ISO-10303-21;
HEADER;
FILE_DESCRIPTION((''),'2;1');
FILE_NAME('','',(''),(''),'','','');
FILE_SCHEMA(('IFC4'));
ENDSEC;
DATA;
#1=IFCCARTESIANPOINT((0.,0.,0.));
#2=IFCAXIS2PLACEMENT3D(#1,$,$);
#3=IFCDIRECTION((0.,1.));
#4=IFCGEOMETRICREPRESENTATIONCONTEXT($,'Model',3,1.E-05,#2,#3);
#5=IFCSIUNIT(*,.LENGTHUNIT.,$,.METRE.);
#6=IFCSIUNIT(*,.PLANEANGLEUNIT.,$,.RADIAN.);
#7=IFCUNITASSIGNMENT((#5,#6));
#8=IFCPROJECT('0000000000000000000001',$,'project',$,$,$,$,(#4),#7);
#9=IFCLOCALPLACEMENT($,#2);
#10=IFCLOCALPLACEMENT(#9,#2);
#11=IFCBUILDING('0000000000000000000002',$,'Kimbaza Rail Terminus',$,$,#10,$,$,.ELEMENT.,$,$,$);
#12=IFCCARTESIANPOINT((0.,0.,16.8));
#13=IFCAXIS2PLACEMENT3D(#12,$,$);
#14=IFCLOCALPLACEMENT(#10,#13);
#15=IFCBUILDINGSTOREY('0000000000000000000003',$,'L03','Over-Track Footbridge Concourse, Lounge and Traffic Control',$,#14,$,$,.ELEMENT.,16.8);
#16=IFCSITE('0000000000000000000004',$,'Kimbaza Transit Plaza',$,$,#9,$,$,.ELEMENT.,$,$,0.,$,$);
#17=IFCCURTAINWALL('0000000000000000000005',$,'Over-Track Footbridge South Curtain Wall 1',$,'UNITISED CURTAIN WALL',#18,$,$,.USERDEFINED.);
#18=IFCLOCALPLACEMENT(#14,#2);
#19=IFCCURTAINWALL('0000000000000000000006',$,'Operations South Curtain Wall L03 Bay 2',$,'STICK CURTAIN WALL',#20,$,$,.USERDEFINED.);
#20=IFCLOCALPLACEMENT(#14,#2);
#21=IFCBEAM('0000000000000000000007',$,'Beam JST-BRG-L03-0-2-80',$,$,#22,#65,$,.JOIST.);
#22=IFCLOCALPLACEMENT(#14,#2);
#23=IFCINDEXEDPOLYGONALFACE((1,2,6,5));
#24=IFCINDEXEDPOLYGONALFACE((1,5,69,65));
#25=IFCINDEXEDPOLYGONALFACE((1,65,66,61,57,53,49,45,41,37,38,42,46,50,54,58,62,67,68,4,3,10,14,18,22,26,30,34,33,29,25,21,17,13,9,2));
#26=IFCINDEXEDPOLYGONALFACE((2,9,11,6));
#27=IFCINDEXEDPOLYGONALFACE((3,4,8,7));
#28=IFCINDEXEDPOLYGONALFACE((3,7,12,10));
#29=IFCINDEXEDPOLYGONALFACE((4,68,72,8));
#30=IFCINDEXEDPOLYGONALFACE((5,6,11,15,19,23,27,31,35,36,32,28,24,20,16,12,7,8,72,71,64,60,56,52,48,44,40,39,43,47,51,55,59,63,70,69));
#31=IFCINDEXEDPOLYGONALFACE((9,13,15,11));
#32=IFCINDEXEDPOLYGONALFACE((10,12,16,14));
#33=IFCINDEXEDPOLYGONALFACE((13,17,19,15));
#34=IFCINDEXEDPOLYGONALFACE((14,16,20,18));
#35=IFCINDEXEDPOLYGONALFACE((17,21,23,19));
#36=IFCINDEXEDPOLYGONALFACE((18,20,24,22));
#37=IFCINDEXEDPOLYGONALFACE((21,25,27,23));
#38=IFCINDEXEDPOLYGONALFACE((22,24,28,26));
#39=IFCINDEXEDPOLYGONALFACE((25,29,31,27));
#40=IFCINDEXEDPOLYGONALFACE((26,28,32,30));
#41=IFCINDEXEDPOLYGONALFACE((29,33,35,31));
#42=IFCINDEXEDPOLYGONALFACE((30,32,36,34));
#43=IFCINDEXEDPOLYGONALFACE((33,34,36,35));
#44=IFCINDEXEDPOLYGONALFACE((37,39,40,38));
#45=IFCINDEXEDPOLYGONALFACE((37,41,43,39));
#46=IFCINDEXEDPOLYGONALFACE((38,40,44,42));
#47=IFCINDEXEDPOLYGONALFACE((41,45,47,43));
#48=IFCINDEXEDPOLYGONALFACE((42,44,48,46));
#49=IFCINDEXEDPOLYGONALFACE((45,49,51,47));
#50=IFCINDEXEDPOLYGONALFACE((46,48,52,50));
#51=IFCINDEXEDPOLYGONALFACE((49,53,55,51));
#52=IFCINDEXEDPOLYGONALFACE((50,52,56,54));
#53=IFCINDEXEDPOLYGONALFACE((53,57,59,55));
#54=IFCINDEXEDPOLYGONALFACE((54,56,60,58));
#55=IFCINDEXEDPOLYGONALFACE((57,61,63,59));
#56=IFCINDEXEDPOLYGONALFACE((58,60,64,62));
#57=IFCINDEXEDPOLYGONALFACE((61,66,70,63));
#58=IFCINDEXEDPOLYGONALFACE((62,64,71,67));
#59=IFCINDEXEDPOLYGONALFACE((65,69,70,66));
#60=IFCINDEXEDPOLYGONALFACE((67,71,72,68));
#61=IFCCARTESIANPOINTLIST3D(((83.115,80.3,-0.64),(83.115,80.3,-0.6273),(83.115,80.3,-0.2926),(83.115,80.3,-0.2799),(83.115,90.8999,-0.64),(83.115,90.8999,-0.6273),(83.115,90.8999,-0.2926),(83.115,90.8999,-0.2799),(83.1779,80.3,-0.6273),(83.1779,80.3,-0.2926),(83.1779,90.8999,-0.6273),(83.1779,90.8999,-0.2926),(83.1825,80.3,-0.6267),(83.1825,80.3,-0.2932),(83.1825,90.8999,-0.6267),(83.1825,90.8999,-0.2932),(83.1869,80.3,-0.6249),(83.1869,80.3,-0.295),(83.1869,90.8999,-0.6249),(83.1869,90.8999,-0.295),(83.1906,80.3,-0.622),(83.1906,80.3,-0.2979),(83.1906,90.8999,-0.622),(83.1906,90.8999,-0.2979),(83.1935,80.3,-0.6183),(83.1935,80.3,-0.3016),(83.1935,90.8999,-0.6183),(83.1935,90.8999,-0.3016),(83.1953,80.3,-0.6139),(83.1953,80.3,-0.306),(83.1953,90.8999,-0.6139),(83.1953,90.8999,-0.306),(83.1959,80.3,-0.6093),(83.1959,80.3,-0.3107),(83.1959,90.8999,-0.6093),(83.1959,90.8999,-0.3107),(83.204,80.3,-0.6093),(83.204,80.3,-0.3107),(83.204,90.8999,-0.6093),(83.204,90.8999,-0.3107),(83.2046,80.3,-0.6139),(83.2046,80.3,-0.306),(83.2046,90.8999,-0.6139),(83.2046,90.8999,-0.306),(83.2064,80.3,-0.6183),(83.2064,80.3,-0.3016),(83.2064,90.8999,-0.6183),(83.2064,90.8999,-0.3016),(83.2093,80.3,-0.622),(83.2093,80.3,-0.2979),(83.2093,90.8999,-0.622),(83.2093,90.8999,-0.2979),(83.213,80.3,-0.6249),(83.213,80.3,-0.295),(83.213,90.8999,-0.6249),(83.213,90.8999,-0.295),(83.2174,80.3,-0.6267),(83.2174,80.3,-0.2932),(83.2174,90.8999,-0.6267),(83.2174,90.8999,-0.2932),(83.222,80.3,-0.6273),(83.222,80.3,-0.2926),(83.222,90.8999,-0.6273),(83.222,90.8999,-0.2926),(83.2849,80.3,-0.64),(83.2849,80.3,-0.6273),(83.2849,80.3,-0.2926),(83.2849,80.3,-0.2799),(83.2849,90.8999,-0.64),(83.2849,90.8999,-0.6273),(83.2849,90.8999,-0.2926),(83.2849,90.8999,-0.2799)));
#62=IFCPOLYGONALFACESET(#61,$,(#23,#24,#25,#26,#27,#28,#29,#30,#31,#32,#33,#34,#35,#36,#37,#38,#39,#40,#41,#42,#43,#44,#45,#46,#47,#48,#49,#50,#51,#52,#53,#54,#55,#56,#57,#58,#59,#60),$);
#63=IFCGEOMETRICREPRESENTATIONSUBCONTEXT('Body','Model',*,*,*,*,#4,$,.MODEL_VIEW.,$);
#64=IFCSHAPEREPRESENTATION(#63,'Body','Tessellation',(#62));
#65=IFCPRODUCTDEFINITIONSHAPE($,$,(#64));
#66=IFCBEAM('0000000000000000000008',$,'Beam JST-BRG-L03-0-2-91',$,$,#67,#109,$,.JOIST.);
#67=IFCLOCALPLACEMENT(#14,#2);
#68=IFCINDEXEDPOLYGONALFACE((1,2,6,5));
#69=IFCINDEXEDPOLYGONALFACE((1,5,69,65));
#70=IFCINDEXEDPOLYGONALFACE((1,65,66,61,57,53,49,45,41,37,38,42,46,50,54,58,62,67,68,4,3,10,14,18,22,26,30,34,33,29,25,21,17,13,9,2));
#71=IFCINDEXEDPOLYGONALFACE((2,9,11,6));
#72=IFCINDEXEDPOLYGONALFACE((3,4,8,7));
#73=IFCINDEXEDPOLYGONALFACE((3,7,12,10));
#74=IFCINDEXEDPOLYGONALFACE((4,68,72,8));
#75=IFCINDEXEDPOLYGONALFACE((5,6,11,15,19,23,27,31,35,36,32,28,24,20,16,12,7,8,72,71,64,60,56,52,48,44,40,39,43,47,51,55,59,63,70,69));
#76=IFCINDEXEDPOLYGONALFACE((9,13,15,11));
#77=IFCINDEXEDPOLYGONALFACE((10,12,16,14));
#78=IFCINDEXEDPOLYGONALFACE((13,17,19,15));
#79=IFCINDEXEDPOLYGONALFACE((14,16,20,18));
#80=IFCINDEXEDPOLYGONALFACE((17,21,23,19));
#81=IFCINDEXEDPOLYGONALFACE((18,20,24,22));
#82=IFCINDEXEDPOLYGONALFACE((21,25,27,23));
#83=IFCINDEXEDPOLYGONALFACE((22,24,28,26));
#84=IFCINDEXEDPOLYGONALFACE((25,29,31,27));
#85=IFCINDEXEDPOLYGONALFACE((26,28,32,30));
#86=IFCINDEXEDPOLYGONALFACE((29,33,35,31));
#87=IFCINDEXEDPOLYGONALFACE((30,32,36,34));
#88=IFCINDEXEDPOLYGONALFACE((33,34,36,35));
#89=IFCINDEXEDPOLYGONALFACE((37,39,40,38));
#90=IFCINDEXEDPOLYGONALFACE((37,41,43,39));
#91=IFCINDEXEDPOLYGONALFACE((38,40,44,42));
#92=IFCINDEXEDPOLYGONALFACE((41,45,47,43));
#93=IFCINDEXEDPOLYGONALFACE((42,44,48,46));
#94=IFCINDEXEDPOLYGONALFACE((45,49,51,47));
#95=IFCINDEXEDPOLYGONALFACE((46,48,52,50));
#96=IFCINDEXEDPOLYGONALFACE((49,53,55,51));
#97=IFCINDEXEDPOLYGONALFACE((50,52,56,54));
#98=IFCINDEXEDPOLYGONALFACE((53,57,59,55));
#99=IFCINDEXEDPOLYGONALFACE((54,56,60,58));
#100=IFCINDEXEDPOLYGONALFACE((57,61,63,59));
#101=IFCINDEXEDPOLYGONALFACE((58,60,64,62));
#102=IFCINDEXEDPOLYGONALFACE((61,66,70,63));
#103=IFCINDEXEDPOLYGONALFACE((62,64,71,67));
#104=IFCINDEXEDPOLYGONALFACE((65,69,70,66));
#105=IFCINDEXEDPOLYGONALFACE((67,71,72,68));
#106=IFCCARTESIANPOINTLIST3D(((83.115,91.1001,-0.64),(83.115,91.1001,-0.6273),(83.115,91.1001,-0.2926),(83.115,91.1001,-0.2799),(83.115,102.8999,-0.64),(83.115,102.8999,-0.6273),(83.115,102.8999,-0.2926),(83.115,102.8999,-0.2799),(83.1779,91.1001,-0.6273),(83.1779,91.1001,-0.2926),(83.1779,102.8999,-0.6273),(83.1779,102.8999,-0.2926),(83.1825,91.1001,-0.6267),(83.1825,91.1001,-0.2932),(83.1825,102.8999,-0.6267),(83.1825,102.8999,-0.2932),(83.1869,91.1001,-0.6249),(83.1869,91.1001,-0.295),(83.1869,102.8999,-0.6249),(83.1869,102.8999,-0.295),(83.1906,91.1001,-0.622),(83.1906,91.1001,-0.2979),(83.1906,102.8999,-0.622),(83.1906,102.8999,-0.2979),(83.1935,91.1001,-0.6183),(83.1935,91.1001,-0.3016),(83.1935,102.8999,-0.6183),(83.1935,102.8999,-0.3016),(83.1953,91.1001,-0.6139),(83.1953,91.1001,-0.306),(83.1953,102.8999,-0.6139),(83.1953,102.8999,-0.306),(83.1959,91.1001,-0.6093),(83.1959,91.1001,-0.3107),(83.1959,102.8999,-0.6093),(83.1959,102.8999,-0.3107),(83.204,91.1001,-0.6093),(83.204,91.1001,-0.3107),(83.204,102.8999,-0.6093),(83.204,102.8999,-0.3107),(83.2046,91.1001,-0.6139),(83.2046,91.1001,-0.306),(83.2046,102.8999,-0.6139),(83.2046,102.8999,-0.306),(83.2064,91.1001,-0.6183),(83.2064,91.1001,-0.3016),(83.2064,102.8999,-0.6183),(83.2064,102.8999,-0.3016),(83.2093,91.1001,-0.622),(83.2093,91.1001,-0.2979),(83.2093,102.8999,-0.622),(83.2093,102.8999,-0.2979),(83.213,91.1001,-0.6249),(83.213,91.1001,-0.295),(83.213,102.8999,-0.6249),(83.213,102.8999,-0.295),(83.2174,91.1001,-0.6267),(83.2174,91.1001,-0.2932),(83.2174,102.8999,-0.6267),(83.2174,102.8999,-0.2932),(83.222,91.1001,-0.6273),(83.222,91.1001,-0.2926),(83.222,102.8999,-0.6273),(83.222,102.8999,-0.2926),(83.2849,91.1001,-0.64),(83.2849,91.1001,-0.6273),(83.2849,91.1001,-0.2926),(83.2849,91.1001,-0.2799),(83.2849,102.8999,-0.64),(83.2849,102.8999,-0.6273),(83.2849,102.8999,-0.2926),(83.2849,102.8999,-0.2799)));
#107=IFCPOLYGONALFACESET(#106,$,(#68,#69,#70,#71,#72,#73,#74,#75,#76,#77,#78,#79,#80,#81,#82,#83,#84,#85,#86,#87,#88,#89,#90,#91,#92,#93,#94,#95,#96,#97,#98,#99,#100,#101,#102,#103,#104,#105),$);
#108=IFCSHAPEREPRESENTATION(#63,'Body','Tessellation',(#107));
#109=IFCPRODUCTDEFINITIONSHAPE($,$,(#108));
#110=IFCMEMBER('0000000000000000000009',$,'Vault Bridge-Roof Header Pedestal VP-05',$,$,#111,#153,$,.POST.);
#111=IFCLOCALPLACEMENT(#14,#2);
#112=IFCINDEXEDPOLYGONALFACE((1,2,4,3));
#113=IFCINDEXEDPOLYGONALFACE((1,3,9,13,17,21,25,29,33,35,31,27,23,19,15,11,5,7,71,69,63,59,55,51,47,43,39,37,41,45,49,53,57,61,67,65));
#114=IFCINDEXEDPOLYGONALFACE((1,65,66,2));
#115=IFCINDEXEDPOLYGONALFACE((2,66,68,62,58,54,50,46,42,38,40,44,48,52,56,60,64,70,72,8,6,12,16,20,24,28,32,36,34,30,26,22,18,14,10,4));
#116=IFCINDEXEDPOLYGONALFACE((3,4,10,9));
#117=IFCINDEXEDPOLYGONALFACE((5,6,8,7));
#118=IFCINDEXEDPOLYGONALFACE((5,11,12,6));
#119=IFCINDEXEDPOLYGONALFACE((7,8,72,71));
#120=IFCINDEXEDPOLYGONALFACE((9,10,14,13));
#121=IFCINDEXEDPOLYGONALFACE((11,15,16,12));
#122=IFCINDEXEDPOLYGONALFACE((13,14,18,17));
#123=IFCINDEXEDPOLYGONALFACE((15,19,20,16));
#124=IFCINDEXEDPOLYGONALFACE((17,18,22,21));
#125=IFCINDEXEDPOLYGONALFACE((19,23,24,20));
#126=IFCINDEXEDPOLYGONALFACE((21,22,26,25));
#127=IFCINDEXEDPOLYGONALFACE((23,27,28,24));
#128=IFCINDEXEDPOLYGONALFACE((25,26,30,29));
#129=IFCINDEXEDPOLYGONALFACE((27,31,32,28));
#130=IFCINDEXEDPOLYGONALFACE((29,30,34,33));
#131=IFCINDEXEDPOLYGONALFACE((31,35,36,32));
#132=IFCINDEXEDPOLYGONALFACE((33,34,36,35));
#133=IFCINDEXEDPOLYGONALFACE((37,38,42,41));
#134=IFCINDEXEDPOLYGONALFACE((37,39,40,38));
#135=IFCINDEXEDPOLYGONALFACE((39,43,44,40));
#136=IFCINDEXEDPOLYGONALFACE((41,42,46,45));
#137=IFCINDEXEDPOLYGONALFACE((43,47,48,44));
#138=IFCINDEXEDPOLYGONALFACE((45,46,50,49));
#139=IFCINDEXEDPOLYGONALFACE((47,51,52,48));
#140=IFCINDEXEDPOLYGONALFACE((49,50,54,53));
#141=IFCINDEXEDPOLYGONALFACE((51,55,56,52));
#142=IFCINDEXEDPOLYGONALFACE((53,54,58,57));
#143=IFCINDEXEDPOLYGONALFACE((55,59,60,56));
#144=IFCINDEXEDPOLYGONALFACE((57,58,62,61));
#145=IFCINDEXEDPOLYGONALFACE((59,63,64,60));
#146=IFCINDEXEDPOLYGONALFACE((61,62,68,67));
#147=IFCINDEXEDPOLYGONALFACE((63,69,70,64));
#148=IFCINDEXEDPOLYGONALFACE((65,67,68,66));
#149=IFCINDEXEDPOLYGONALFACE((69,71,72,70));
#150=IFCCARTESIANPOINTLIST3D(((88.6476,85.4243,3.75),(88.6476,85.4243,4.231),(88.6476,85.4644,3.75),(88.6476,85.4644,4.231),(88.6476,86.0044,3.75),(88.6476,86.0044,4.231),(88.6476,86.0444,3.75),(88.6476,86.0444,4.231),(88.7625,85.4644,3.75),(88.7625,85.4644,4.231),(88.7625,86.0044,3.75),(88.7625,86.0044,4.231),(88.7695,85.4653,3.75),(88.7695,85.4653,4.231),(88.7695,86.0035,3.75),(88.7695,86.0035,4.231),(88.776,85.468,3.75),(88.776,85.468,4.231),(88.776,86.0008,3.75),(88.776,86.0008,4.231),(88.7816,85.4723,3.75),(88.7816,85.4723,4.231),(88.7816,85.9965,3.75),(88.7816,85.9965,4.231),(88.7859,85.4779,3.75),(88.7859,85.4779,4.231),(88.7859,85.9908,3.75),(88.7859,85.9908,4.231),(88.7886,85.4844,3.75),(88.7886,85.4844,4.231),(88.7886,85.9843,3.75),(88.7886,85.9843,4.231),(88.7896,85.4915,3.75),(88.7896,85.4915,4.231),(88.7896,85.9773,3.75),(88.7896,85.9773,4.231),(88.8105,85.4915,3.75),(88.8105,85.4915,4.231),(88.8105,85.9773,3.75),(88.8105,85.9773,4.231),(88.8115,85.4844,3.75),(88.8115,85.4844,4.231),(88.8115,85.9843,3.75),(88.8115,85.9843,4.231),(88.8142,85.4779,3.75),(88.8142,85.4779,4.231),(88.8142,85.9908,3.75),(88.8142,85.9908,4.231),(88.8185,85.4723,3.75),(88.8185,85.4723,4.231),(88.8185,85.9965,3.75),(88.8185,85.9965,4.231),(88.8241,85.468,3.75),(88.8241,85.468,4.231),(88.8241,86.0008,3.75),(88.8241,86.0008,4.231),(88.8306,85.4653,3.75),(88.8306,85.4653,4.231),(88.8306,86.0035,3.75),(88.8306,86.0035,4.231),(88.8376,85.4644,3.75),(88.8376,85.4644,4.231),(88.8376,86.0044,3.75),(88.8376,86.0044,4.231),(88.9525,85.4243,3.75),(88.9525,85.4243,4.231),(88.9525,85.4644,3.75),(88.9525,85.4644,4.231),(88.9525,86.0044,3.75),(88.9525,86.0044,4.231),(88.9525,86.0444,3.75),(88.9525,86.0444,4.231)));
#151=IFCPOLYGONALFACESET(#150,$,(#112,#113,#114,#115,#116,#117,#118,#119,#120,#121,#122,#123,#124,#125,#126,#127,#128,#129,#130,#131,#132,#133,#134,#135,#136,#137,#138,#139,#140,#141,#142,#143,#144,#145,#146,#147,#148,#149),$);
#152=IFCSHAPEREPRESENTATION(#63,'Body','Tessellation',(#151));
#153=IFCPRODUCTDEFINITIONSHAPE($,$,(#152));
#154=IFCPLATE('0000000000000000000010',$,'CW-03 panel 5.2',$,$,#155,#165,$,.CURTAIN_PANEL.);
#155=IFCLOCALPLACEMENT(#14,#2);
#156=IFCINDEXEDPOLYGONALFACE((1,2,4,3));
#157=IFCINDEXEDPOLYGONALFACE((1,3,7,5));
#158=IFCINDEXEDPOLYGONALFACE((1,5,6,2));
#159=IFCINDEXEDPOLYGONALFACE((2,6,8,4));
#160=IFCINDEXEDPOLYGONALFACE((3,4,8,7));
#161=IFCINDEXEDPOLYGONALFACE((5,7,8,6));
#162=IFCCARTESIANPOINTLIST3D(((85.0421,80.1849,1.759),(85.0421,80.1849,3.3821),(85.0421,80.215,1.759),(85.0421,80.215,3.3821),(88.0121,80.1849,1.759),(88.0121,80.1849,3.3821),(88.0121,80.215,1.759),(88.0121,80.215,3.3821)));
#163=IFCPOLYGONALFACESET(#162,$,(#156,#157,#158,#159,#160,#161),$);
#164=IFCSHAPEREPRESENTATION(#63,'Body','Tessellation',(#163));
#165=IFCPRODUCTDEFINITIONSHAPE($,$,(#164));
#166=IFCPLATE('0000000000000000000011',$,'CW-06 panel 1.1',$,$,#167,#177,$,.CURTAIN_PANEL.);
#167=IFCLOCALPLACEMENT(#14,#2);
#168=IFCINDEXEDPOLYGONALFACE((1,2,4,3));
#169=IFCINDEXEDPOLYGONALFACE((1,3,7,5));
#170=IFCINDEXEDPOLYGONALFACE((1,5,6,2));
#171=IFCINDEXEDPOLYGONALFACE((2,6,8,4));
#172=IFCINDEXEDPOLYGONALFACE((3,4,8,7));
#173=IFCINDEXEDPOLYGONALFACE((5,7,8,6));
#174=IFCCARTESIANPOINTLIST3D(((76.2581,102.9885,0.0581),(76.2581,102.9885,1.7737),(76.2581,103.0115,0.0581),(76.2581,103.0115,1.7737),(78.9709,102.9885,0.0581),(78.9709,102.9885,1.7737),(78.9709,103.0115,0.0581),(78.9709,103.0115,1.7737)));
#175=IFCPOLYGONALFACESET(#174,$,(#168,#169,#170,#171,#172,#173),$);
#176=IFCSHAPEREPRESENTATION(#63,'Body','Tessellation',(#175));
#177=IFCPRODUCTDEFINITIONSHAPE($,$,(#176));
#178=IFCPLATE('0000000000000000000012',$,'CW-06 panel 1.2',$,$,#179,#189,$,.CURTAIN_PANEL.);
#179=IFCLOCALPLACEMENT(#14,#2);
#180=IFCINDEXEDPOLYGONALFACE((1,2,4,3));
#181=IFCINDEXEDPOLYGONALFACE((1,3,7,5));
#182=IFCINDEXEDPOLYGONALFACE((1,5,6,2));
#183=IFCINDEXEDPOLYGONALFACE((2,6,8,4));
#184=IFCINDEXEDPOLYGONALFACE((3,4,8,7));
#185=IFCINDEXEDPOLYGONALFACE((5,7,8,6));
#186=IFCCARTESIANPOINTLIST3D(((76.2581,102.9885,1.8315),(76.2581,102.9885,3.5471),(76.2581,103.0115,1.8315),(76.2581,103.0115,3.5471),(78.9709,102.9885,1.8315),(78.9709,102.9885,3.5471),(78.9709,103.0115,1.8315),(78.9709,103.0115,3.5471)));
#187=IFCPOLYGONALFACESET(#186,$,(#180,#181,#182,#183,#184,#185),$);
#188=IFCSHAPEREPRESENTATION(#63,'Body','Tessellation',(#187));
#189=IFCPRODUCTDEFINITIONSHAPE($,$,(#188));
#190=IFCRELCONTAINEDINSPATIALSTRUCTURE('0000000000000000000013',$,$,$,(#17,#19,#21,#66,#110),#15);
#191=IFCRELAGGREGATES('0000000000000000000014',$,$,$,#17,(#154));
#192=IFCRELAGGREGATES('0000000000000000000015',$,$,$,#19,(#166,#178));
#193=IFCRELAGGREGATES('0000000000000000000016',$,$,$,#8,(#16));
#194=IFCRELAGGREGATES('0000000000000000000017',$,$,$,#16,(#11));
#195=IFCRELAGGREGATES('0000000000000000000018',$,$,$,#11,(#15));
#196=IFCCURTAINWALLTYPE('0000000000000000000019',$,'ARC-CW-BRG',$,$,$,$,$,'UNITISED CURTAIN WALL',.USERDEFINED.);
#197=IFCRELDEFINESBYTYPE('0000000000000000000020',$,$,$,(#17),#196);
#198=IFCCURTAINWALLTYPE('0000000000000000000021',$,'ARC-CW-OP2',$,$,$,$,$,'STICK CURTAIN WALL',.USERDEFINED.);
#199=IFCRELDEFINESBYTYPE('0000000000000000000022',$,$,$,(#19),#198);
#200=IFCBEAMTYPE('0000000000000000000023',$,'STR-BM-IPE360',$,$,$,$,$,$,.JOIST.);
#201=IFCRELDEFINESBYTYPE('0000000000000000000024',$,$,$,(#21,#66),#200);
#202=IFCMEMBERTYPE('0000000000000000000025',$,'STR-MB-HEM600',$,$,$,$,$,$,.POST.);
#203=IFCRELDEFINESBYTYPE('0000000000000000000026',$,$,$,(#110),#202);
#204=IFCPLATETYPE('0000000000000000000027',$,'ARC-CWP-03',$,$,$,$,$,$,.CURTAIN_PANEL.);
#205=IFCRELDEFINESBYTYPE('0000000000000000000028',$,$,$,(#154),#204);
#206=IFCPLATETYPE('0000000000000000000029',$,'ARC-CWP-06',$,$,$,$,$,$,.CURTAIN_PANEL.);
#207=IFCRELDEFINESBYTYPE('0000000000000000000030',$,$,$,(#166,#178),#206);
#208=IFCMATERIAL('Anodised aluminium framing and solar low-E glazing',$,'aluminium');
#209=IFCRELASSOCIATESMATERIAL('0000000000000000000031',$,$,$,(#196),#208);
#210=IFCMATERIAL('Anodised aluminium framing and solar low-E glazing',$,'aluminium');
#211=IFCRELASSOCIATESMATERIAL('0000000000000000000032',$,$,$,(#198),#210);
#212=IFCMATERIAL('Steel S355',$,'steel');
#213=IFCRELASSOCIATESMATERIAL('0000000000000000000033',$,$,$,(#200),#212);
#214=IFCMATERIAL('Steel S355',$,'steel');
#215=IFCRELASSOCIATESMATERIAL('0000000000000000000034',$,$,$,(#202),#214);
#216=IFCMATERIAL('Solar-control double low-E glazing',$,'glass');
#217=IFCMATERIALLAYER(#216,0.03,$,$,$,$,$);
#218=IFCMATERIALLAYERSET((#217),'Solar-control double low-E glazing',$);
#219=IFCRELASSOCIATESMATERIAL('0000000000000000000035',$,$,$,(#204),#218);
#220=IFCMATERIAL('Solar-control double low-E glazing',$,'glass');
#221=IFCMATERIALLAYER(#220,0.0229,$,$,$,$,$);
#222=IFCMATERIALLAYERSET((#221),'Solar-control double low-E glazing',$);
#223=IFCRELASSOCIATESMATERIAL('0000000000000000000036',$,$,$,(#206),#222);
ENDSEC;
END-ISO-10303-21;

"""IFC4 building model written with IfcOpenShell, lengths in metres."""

from ifc_helpers import new_model, si_unit, direction, frame, origin, origin_2d, place, context, subcontext, project, spatial, rectangle, i_section, extrude, material, layer, layer_set, material_profile, profile_set, type_object, element, aggregate, save


model = new_model("IFC4")

# Units and contexts
model_context = context("Model", 3, precision=1e-05, world=origin(), true_north=direction((0.0, 1.0)))
body_context = subcontext(model_context, "Body", "Model", "MODEL_VIEW")
ifc_project = project(units=[si_unit("LENGTHUNIT", "METRE"), si_unit("PLANEANGLEUNIT", "RADIAN")], contexts=[model_context])

# Site, building, storey
site_placement = place(None, origin())
site = spatial("IfcSite", under=ifc_project, at=site_placement, Name="Kimbaza Transit Plaza", CompositionType="ELEMENT", RefElevation=0.0)
building_placement = place(site_placement, origin())
building = spatial("IfcBuilding", under=site, at=building_placement, Name="Kimbaza Rail Terminus", CompositionType="ELEMENT")
storey_placement = place(building_placement, frame((0.0, 0.0, 16.8)))
storey = spatial("IfcBuildingStorey", under=building, at=storey_placement, Name="L03", Description="Over-Track Footbridge Concourse, Lounge and Traffic Control", CompositionType="ELEMENT", Elevation=16.8)

# Curtain wall
ifc_material_1 = material(Name="Anodised aluminium framing and solar low-E glazing", Category="aluminium")
curtain_wall_type_1 = type_object("IfcCurtainWallType", Name="ARC-CW-BRG", ElementType="UNITISED CURTAIN WALL", PredefinedType="USERDEFINED", material=ifc_material_1)
curtain_wall_1_placement = place(storey_placement, origin())
curtain_wall_1 = element("IfcCurtainWall", 1, at=curtain_wall_1_placement, inside=storey, type_object=curtain_wall_type_1, Name="Over-Track Footbridge South Curtain Wall 1", ObjectType="UNITISED CURTAIN WALL", PredefinedType="USERDEFINED")

# Curtain wall
ifc_material_2 = material(Name="Anodised aluminium framing and solar low-E glazing", Category="aluminium")
curtain_wall_type_2 = type_object("IfcCurtainWallType", Name="ARC-CW-OP2", ElementType="STICK CURTAIN WALL", PredefinedType="USERDEFINED", material=ifc_material_2)
curtain_wall_2_placement = place(storey_placement, origin())
curtain_wall_2 = element("IfcCurtainWall", 2, at=curtain_wall_2_placement, inside=storey, type_object=curtain_wall_type_2, Name="Operations South Curtain Wall L03 Bay 2", ObjectType="STICK CURTAIN WALL", PredefinedType="USERDEFINED")

# Beams
ifc_material_3 = material(Name="Steel S355", Category="steel")
ifc_material_profile_1 = material_profile(ifc_material_3, i_section(OverallWidth=0.1699, OverallDepth=0.3601, WebThickness=0.0081, FlangeThickness=0.0127, FilletRadius=0.0181, at=origin_2d()), Name="IPE 360")
ifc_profile_set_1 = profile_set([ifc_material_profile_1], Name="Steel S355")
beam_type_1 = type_object("IfcBeamType", Name="STR-BM-IPE360", PredefinedType="JOIST", material=ifc_profile_set_1)
beam_1_placement = place(storey_placement, frame((83.2, 80.3, -0.46), z_axis=(0.0, 1.0, 0.0), x_axis=(-1.0, 0.0, 0.0)))
element("IfcBeam", 3, at=beam_1_placement, inside=storey, type_object=beam_type_1, Name="Beam JST-BRG-L03-0-2-80", PredefinedType="JOIST", context=body_context, shape_type="SweptSolid", body=[
    extrude(i_section(OverallWidth=0.1699, OverallDepth=0.3601, WebThickness=0.0081, FlangeThickness=0.0127, FilletRadius=0.0181, at=origin_2d()), origin(), (0.0, 0.0, 1.0), 10.5999),
])
beam_2_placement = place(storey_placement, frame((83.2, 91.1001, -0.46), z_axis=(0.0, 1.0, 0.0), x_axis=(-1.0, 0.0, 0.0)))
element("IfcBeam", 4, at=beam_2_placement, inside=storey, type_object=beam_type_1, Name="Beam JST-BRG-L03-0-2-91", PredefinedType="JOIST", context=body_context, shape_type="SweptSolid", body=[
    extrude(i_section(OverallWidth=0.1699, OverallDepth=0.3601, WebThickness=0.0081, FlangeThickness=0.0127, FilletRadius=0.0181, at=origin_2d()), origin(), (0.0, 0.0, 1.0), 11.7998),
])

# Member
ifc_material_4 = material(Name="Steel S355", Category="steel")
ifc_material_profile_2 = material_profile(ifc_material_4, i_section(OverallWidth=0.3049, OverallDepth=0.6201, WebThickness=0.021, FlangeThickness=0.04, FilletRadius=0.0271, at=origin_2d()), Name="HEM 600")
ifc_profile_set_2 = profile_set([ifc_material_profile_2], Name="Steel S355")
member_type_1 = type_object("IfcMemberType", Name="STR-MB-HEM600", PredefinedType="POST", material=ifc_profile_set_2)
member_1_placement = place(storey_placement, frame((88.8, 85.7344, 3.75), z_axis=(0.0, 0.0, 1.0), x_axis=(1.0, 0.0, 0.0)))
element("IfcMember", 5, at=member_1_placement, inside=storey, type_object=member_type_1, Name="Vault Bridge-Roof Header Pedestal VP-05", PredefinedType="POST", context=body_context, shape_type="SweptSolid", body=[
    extrude(i_section(OverallWidth=0.3049, OverallDepth=0.6201, WebThickness=0.021, FlangeThickness=0.04, FilletRadius=0.0271, at=origin_2d()), origin(), (0.0, 0.0, 1.0), 0.481),
])

# Plates
ifc_material_5 = material(Name="Solar-control double low-E glazing", Category="glass")
ifc_layer_1 = layer(ifc_material_5, 0.03)
ifc_layer_set_1 = layer_set([ifc_layer_1], Name="Solar-control double low-E glazing")
plate_type_1 = type_object("IfcPlateType", Name="ARC-CWP-03", PredefinedType="CURTAIN_PANEL", material=ifc_layer_set_1)
plate_1_placement = place(storey_placement, frame((86.5271, 80.2, 1.759), z_axis=(0.0, 0.0, 1.0), x_axis=(1.0, 0.0, 0.0)))
plate_1 = element("IfcPlate", 6, at=plate_1_placement, type_object=plate_type_1, Name="CW-03 panel 5.2", PredefinedType="CURTAIN_PANEL", context=body_context, shape_type="SweptSolid", body=[
    extrude(rectangle(XDim=2.97, YDim=0.03, at=origin_2d()), origin(), (0.0, 0.0, 1.0), 1.623),
])
aggregate(curtain_wall_1, [plate_1])
ifc_material_6 = material(Name="Solar-control double low-E glazing", Category="glass")
ifc_layer_2 = layer(ifc_material_6, 0.0229)
ifc_layer_set_2 = layer_set([ifc_layer_2], Name="Solar-control double low-E glazing")
plate_type_2 = type_object("IfcPlateType", Name="ARC-CWP-06", PredefinedType="CURTAIN_PANEL", material=ifc_layer_set_2)
plate_2_placement = place(storey_placement, frame((77.6145, 103.0, 0.0581), z_axis=(0.0, 0.0, 1.0), x_axis=(1.0, 0.0, 0.0)))
plate_2 = element("IfcPlate", 7, at=plate_2_placement, type_object=plate_type_2, Name="CW-06 panel 1.1", PredefinedType="CURTAIN_PANEL", context=body_context, shape_type="SweptSolid", body=[
    extrude(rectangle(XDim=2.7129, YDim=0.0229, at=origin_2d()), origin(), (0.0, 0.0, 1.0), 1.7156),
])
plate_3_placement = place(storey_placement, frame((77.6145, 103.0, 1.8315), z_axis=(0.0, 0.0, 1.0), x_axis=(1.0, 0.0, 0.0)))
plate_3 = element("IfcPlate", 8, at=plate_3_placement, type_object=plate_type_2, Name="CW-06 panel 1.2", PredefinedType="CURTAIN_PANEL", context=body_context, shape_type="SweptSolid", body=[
    extrude(rectangle(XDim=2.7129, YDim=0.0229, at=origin_2d()), origin(), (0.0, 0.0, 1.0), 1.7156),
])
aggregate(curtain_wall_2, [plate_2, plate_3])

save(model, "model.ifc")
